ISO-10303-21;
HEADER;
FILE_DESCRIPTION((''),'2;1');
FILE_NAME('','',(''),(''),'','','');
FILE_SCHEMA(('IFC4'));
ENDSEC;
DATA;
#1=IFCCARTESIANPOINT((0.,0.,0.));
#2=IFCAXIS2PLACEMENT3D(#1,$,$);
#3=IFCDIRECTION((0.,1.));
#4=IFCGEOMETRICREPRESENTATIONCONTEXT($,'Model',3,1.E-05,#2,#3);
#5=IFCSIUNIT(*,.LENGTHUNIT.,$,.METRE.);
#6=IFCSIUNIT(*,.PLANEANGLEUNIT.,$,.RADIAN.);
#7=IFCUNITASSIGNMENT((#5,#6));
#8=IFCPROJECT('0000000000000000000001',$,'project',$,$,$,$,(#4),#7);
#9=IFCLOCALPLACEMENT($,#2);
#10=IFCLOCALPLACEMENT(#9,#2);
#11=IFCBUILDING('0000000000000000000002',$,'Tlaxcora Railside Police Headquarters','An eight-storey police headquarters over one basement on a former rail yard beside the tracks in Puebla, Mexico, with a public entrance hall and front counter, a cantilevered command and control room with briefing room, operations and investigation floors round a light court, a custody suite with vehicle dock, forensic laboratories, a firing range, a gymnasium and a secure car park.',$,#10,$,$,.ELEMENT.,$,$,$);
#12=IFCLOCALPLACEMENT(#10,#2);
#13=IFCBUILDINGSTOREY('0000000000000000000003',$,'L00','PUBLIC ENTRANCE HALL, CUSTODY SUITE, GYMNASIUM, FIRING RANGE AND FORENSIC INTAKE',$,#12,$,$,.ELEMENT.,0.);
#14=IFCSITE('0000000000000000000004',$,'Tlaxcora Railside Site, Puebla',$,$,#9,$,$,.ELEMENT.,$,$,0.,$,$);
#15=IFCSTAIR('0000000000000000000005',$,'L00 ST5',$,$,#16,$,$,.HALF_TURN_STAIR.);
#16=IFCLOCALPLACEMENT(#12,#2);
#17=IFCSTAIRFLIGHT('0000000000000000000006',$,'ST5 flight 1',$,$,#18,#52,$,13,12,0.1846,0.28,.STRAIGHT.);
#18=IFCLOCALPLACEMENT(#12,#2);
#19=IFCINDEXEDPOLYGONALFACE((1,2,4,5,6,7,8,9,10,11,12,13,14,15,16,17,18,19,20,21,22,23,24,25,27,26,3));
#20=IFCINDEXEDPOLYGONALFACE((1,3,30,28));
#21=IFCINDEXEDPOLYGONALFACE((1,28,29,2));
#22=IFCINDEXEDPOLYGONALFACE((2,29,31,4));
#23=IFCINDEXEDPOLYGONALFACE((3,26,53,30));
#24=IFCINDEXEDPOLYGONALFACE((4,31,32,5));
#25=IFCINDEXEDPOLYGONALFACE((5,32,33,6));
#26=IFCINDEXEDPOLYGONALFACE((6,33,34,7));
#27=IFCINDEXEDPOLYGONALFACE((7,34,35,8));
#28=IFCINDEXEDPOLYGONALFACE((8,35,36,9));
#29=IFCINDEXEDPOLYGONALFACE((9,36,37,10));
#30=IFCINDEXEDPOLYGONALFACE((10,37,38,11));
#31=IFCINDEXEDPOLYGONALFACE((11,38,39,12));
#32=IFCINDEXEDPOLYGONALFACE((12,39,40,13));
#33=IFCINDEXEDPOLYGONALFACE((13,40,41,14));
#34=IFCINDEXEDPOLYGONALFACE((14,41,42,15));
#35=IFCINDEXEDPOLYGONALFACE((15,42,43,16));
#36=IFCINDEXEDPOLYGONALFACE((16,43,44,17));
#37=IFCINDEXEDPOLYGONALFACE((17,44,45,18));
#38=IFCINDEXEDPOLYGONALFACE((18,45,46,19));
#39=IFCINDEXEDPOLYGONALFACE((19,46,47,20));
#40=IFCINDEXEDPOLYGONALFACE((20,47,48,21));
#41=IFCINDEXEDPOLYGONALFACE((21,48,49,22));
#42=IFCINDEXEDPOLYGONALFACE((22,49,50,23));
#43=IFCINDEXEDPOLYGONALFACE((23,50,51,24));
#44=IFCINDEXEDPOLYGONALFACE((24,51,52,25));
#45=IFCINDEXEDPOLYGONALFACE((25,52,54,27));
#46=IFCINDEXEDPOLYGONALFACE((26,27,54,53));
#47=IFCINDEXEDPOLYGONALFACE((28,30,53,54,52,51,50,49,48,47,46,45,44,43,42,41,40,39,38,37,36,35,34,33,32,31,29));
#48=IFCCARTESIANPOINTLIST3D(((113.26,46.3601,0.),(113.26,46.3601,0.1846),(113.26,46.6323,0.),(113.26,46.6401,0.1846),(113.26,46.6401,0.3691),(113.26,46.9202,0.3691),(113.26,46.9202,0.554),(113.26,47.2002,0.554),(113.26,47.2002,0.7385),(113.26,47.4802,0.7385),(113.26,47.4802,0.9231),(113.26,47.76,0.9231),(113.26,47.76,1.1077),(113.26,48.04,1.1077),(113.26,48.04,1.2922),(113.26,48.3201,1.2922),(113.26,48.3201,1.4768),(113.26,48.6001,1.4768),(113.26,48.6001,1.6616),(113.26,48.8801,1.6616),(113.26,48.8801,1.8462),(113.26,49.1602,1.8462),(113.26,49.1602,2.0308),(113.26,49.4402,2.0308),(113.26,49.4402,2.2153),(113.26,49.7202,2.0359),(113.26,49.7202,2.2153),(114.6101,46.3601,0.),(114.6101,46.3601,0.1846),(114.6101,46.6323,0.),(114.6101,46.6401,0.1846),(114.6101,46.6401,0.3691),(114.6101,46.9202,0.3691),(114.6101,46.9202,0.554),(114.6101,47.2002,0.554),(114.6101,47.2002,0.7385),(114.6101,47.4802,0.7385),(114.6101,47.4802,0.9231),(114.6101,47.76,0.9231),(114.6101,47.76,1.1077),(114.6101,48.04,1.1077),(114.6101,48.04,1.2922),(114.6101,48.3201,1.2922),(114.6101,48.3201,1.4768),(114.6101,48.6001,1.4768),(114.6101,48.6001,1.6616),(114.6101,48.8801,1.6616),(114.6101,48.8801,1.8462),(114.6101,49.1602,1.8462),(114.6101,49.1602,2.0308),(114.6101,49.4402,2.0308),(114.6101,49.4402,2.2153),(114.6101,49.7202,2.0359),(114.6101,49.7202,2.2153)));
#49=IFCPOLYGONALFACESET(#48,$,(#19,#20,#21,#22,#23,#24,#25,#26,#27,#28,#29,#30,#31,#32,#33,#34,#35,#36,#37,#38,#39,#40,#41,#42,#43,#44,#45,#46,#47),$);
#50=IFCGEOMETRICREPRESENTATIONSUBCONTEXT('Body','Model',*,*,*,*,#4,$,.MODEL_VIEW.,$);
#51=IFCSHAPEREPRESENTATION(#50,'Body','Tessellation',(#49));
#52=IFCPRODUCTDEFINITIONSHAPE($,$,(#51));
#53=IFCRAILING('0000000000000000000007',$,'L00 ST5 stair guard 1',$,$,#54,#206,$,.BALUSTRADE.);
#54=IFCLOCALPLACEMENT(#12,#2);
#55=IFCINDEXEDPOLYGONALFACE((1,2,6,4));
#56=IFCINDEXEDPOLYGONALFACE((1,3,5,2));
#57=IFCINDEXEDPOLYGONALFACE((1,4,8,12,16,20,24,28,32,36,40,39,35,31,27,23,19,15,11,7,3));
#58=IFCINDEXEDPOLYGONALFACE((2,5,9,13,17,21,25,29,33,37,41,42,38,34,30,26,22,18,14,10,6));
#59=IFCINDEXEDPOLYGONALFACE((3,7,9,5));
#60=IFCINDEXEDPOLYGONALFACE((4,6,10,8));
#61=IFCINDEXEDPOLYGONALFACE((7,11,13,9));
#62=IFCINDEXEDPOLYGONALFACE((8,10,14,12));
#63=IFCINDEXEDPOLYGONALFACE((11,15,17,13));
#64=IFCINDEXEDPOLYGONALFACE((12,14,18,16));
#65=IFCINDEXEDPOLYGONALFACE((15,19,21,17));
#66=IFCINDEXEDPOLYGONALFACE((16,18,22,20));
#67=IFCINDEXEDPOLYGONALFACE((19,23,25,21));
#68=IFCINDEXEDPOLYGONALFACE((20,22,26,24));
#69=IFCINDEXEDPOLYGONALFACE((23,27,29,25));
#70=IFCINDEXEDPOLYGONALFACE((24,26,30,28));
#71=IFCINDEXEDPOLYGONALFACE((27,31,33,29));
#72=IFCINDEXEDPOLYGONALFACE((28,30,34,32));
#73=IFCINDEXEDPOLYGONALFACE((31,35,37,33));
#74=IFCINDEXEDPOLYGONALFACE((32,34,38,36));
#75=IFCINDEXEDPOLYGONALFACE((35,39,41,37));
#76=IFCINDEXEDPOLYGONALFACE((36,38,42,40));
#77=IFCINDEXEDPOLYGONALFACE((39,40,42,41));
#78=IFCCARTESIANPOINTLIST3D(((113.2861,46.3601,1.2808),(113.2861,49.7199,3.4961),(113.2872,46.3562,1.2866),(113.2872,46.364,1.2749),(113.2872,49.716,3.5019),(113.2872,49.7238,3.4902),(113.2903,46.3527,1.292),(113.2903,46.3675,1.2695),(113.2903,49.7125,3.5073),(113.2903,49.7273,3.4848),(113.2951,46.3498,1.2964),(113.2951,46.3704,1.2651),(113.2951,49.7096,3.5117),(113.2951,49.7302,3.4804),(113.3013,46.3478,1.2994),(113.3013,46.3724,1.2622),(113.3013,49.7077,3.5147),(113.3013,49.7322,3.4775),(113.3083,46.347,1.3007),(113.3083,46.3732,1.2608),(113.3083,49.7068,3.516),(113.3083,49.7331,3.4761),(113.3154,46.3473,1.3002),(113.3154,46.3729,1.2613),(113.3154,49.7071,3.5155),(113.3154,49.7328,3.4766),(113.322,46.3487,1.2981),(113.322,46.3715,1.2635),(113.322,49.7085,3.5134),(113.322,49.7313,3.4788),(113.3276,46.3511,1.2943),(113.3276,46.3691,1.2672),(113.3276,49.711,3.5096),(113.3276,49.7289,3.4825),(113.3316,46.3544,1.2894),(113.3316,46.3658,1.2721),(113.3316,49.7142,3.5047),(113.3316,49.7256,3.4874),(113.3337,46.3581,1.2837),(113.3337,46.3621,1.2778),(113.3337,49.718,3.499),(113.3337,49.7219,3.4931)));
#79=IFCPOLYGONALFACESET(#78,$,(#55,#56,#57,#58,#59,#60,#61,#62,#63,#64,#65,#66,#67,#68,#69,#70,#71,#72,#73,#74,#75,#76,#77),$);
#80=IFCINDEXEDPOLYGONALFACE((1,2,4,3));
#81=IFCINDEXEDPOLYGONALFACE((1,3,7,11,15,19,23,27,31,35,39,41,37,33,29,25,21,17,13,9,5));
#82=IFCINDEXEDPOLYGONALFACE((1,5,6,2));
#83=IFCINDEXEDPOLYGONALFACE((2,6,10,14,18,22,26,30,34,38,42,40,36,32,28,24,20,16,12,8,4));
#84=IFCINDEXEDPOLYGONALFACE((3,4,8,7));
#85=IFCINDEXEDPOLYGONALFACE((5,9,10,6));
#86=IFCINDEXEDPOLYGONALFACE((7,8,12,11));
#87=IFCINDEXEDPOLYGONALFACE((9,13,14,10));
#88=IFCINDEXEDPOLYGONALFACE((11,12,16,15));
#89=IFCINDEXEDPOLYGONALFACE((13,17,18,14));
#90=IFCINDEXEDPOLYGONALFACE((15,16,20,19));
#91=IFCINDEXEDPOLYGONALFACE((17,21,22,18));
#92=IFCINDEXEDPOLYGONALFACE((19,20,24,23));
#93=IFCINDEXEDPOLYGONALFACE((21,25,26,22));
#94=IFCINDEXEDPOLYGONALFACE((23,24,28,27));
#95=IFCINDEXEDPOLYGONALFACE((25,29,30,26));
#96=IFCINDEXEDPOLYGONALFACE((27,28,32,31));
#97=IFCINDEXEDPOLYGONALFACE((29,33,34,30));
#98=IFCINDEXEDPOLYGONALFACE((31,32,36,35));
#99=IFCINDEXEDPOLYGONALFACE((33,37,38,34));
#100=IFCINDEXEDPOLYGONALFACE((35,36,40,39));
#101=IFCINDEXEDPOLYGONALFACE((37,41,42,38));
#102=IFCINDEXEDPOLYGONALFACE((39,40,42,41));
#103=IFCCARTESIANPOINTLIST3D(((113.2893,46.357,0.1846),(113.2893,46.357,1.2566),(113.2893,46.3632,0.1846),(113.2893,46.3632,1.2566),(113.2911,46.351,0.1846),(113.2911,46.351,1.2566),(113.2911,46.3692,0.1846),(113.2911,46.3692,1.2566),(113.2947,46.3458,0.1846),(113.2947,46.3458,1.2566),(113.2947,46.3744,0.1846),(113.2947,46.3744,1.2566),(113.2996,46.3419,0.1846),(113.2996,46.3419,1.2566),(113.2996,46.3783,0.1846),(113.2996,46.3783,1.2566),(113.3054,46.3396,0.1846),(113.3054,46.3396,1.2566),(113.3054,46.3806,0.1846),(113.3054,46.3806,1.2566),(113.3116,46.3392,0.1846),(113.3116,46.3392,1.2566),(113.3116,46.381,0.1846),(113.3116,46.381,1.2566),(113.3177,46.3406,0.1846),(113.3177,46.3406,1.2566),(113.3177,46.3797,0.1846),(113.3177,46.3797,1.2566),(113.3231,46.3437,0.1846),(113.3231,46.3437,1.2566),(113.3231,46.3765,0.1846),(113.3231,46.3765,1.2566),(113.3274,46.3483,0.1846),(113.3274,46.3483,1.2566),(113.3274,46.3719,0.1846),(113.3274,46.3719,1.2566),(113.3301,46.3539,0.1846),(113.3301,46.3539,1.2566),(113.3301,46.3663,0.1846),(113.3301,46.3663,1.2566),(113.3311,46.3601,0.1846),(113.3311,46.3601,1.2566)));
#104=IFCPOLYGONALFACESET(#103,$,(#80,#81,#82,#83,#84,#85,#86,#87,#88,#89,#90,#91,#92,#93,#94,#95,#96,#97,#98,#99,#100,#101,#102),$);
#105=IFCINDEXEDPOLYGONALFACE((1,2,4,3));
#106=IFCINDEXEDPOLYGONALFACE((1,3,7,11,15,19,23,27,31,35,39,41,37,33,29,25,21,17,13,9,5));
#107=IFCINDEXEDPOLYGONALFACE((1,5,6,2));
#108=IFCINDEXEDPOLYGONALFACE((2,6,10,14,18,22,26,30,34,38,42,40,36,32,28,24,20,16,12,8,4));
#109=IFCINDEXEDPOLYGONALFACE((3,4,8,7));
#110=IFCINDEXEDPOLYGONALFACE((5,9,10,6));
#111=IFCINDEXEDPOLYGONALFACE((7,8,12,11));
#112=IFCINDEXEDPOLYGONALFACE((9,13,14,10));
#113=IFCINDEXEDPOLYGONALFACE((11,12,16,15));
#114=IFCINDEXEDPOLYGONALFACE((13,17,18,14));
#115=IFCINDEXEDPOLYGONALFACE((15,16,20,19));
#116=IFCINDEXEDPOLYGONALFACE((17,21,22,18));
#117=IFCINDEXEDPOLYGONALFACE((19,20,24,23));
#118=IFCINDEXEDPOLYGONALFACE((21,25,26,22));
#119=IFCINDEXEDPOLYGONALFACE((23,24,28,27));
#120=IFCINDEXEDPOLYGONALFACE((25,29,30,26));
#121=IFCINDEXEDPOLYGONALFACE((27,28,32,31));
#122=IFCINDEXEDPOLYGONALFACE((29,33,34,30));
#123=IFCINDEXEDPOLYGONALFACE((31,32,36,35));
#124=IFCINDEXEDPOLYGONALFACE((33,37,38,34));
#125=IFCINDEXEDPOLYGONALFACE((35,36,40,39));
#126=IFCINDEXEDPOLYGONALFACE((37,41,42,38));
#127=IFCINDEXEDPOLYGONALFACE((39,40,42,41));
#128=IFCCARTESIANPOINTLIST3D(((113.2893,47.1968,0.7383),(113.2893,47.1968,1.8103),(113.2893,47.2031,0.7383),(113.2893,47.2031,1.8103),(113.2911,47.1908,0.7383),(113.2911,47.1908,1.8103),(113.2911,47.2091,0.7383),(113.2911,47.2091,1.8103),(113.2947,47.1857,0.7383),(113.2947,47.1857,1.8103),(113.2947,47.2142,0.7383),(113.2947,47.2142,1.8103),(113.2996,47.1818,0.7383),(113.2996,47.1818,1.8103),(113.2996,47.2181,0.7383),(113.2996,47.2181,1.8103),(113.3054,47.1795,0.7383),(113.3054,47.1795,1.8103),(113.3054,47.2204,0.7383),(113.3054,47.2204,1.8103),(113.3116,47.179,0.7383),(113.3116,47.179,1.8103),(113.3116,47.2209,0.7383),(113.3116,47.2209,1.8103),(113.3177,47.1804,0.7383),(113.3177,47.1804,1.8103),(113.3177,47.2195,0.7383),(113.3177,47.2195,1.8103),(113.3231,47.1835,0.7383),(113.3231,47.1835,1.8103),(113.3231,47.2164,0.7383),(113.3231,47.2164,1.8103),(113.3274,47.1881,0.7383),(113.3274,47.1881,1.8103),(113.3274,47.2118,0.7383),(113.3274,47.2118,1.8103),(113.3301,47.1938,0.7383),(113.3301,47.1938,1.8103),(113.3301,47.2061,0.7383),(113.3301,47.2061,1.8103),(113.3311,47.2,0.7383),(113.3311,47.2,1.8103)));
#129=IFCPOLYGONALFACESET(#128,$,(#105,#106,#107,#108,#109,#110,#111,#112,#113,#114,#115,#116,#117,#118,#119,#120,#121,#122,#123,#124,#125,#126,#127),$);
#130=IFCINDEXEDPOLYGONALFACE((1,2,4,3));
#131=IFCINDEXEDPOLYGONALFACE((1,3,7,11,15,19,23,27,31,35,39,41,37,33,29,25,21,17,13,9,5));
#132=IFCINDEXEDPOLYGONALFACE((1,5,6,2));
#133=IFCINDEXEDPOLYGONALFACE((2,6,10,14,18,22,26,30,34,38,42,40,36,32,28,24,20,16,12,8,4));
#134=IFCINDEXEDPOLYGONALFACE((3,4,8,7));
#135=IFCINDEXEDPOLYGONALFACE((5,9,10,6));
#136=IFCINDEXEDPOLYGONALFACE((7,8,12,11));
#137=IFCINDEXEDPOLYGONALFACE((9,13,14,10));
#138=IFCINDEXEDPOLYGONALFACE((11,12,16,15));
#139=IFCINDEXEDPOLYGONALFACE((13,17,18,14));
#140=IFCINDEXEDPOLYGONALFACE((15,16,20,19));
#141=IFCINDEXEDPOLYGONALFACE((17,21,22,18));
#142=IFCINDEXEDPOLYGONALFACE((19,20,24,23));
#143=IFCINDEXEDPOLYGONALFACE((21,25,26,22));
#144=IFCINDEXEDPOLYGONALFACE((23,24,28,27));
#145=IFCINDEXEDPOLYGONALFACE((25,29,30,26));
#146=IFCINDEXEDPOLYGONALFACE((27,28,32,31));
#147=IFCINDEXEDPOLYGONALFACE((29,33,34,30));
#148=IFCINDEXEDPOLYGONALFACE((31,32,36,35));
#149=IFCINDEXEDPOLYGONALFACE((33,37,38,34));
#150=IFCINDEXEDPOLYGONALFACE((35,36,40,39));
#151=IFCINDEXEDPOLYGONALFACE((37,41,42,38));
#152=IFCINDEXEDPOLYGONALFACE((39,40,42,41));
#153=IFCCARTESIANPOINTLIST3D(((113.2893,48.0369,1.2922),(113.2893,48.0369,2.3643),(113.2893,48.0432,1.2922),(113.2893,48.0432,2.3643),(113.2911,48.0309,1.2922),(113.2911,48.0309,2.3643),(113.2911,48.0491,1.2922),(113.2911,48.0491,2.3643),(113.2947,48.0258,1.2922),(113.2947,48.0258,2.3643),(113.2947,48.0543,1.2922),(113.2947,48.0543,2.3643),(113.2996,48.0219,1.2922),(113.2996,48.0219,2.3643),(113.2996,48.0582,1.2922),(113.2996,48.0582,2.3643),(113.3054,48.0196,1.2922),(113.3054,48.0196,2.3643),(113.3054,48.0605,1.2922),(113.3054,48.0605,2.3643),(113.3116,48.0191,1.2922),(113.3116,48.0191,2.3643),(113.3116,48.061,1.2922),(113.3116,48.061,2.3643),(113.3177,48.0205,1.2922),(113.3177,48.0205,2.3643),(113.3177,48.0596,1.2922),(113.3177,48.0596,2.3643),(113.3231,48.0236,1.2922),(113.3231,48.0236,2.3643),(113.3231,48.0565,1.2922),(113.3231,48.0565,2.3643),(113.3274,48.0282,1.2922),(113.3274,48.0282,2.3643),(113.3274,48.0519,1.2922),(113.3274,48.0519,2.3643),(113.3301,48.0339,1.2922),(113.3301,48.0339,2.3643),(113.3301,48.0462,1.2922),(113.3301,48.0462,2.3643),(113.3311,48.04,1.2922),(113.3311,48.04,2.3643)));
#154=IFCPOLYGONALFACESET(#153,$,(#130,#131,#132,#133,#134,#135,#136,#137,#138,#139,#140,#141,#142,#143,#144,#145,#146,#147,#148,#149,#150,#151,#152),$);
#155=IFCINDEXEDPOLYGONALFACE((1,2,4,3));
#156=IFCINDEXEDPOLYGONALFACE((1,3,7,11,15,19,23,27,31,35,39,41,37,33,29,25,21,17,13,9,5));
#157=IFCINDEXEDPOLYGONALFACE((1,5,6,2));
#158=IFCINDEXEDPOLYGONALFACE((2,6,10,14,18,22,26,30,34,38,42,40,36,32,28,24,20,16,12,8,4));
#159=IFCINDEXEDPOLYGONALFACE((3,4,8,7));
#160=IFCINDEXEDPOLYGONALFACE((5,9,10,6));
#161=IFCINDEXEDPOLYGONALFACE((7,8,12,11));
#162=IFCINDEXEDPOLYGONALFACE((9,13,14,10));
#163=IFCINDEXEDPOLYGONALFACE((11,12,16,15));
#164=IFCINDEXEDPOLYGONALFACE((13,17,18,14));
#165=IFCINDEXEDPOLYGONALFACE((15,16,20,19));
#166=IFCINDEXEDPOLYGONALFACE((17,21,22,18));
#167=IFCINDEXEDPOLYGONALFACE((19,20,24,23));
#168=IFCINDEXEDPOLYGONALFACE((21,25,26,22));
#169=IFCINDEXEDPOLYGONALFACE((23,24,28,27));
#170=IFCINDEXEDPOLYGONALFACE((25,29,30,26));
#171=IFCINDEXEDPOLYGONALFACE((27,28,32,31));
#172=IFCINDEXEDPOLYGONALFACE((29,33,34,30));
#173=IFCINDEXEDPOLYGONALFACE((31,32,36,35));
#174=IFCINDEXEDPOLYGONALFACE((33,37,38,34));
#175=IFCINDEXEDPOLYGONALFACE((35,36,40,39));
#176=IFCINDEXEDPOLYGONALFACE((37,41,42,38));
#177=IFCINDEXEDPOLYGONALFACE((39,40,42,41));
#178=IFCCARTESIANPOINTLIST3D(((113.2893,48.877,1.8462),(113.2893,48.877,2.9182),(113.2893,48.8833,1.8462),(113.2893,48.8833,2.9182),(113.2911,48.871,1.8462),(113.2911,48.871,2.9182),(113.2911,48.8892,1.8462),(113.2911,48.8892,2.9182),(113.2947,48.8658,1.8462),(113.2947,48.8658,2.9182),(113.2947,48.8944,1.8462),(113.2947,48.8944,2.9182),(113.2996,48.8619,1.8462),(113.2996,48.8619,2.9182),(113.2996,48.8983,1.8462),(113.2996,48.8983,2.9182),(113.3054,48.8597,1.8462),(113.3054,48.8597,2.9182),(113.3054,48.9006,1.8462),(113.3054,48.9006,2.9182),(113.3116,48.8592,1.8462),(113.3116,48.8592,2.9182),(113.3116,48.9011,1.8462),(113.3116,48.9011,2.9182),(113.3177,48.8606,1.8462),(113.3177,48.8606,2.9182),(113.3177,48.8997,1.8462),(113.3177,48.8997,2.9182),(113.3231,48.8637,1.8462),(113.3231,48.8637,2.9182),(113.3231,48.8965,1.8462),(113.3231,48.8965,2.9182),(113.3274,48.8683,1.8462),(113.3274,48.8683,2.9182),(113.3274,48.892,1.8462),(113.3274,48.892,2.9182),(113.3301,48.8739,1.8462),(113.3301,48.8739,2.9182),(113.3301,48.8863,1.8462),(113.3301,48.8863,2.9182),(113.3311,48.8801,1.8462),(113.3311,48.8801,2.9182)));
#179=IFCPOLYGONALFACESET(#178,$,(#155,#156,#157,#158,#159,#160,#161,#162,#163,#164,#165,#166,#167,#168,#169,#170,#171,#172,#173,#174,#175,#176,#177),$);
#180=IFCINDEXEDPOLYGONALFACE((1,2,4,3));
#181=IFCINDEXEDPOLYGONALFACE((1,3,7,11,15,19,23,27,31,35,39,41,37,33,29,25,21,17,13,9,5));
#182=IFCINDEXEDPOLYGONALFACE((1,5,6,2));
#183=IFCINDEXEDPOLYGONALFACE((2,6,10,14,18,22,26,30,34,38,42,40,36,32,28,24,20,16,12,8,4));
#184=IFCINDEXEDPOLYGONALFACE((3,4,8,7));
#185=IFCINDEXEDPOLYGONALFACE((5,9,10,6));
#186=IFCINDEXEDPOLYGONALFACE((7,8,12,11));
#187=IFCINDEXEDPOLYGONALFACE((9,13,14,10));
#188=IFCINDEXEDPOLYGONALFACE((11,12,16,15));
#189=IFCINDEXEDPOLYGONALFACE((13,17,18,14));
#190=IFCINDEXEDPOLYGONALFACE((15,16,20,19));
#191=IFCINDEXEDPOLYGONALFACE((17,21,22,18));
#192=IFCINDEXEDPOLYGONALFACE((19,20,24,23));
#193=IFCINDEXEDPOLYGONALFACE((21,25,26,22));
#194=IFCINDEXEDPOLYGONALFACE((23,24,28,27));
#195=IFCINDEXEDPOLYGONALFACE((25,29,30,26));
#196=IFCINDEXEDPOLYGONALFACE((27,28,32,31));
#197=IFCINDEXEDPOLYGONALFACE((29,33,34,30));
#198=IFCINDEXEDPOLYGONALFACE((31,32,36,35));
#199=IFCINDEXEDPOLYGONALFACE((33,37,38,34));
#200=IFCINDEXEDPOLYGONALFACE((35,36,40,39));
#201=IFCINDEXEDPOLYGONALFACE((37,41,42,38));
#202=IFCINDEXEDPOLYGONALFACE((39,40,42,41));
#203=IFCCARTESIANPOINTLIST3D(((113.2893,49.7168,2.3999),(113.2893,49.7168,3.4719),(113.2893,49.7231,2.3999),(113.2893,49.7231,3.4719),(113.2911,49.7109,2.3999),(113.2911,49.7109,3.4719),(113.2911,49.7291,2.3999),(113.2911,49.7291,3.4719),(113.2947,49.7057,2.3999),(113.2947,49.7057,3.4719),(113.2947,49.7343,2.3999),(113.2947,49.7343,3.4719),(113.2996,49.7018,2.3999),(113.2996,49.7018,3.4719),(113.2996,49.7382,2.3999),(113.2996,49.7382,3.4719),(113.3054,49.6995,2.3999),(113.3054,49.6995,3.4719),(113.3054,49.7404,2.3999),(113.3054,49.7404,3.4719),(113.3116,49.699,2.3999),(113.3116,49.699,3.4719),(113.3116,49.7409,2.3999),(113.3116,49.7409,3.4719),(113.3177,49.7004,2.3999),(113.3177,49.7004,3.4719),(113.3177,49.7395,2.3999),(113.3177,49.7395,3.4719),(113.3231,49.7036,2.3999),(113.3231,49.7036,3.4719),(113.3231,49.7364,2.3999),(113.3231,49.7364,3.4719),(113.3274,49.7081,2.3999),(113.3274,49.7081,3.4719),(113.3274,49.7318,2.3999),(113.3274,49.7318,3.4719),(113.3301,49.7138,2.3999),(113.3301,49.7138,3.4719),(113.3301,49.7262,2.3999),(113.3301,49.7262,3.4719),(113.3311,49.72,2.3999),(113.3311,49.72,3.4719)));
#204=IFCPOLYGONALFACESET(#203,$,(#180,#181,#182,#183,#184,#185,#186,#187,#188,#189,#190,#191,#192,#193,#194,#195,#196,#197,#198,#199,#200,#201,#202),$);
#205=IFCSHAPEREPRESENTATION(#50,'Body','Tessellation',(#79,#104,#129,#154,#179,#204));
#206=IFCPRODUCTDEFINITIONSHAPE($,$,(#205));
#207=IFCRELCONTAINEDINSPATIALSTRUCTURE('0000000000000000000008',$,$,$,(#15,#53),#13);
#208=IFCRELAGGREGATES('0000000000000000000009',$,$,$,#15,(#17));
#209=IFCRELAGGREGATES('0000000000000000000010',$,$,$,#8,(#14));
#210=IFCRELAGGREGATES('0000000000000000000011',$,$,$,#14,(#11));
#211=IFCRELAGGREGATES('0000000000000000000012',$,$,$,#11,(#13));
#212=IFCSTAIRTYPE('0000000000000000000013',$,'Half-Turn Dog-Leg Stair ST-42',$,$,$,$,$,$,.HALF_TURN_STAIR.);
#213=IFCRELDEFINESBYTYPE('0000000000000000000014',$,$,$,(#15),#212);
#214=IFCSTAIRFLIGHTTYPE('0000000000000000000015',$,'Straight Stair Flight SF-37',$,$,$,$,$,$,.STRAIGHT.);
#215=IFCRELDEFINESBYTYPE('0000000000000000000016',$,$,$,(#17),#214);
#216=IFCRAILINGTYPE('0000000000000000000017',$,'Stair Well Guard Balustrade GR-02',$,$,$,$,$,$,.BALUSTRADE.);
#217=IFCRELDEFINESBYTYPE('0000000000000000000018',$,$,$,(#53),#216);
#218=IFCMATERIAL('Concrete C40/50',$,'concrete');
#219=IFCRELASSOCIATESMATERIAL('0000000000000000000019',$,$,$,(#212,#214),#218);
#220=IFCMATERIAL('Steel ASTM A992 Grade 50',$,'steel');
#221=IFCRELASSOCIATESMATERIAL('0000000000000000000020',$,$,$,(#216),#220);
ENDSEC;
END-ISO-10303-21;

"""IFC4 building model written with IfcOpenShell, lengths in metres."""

from ifc_helpers import new_model, si_unit, direction, frame, origin, origin_2d, place, context, subcontext, project, spatial, polyline, circle, outline, extrude, material, type_object, element, aggregate, save


model = new_model("IFC4")

# Units and contexts
model_context = context("Model", 3, precision=1e-05, world=origin(), true_north=direction((0.0, 1.0)))
body_context = subcontext(model_context, "Body", "Model", "MODEL_VIEW")
ifc_project = project(units=[si_unit("LENGTHUNIT", "METRE"), si_unit("PLANEANGLEUNIT", "RADIAN")], contexts=[model_context])

# Site, building, storey
site_placement = place(None, origin())
site = spatial("IfcSite", under=ifc_project, at=site_placement, Name="Tlaxcora Railside Site, Puebla", CompositionType="ELEMENT", RefElevation=0.0)
building_placement = place(site_placement, origin())
building = spatial("IfcBuilding", under=site, at=building_placement, Name="Tlaxcora Railside Police Headquarters", Description="An eight-storey police headquarters over one basement on a former rail yard beside the tracks in Puebla, Mexico, with a public entrance hall and front counter, a cantilevered command and control room with briefing room, operations and investigation floors round a light court, a custody suite with vehicle dock, forensic laboratories, a firing range, a gymnasium and a secure car park.", CompositionType="ELEMENT")
storey_placement = place(building_placement, origin())
storey = spatial("IfcBuildingStorey", under=building, at=storey_placement, Name="L00", Description="PUBLIC ENTRANCE HALL, CUSTODY SUITE, GYMNASIUM, FIRING RANGE AND FORENSIC INTAKE", CompositionType="ELEMENT", Elevation=0.0)

# Shared definitions
ifc_material_1 = material(Name="Concrete C40/50", Category="concrete")

# Shared definitions
ifc_material_2 = material(Name="Steel ASTM A992 Grade 50", Category="steel")

# Stair, stair flight
stair_type = type_object("IfcStairType", Name="Half-Turn Dog-Leg Stair ST-42", PredefinedType="HALF_TURN_STAIR", material=ifc_material_1)
stair_placement = place(storey_placement, origin())
stair = element("IfcStair", 1, at=stair_placement, inside=storey, type_object=stair_type, Name="L00 ST5", PredefinedType="HALF_TURN_STAIR")
stair_flight_type = type_object("IfcStairFlightType", Name="Straight Stair Flight SF-37", PredefinedType="STRAIGHT", material=ifc_material_1)
stair_flight_placement = place(storey_placement, frame((113.9351, 46.3601, 0.0), z_axis=(0.0, 0.0, 1.0), x_axis=(0.0, 1.0, 0.0)))
stair_flight = element("IfcStairFlight", 2, at=stair_flight_placement, type_object=stair_flight_type, Name="ST5 flight 1", NumberOfRisers=13, NumberOfTreads=12, PredefinedType="STRAIGHT", RiserHeight=0.1846, TreadLength=0.28, context=body_context, shape_type="SweptSolid", body=[
    extrude(outline(polyline([(0.0, 0.0), (0.0, 0.1846), (0.28, 0.1846), (0.28, 0.3691), (0.5601, 0.3691), (0.5601, 0.554), (0.8401, 0.554), (0.8401, 0.7385), (1.1201, 0.7385), (1.1201, 0.9231), (1.3999, 0.9231), (1.3999, 1.1077), (1.6799, 1.1077), (1.6799, 1.2922), (1.96, 1.2922), (1.96, 1.4768), (2.24, 1.4768), (2.24, 1.6616), (2.52, 1.6616), (2.52, 1.8462), (2.8, 1.8462), (2.8, 2.0308), (3.0801, 2.0308), (3.0801, 2.2153), (3.3601, 2.2153), (3.3601, 2.3999), (3.3601, 2.0359), (0.2722, 0.0), (0.0, 0.0)])), frame((0.0, 0.675, 0.0), z_axis=(0.0, -1.0, 0.0), x_axis=(1.0, 0.0, 0.0)), (0.0, 0.0, 1.0), 1.3501),
])
aggregate(stair, [stair_flight])

# Railing
railing_type_1 = type_object("IfcRailingType", Name="Stair Well Guard Balustrade GR-02", PredefinedType="BALUSTRADE", material=ifc_material_2)
railing_1_placement = place(storey_placement, frame((113.3101, 46.3601, 0.1846)))
element("IfcRailing", 3, at=railing_1_placement, inside=storey, type_object=railing_type_1, Name="L00 ST5 stair guard 1", PredefinedType="BALUSTRADE", context=body_context, shape_type="SweptSolid", body=[
    extrude(circle(Radius=0.0239, at=origin_2d()), frame((0.0, 0.0, 1.0962), z_axis=(0.0, 0.834858, 0.550465), x_axis=(-1.0, 0.0, 0.0)), (0.0, 0.0, 1.0), 4.0244),
    extrude(circle(Radius=0.021, at=origin_2d()), origin(), (0.0, 0.0, 1.0), 1.072),
    extrude(circle(Radius=0.021, at=origin_2d()), frame((0.0, 0.8398, 0.5537)), (0.0, 0.0, 1.0), 1.072),
    extrude(circle(Radius=0.021, at=origin_2d()), frame((0.0, 1.6799, 1.1077)), (0.0, 0.0, 1.0), 1.072),
    extrude(circle(Radius=0.021, at=origin_2d()), frame((0.0, 2.52, 1.6616)), (0.0, 0.0, 1.0), 1.072),
    extrude(circle(Radius=0.021, at=origin_2d()), frame((0.0, 3.3599, 2.2153)), (0.0, 0.0, 1.0), 1.072),
])

save(model, "model.ifc")
